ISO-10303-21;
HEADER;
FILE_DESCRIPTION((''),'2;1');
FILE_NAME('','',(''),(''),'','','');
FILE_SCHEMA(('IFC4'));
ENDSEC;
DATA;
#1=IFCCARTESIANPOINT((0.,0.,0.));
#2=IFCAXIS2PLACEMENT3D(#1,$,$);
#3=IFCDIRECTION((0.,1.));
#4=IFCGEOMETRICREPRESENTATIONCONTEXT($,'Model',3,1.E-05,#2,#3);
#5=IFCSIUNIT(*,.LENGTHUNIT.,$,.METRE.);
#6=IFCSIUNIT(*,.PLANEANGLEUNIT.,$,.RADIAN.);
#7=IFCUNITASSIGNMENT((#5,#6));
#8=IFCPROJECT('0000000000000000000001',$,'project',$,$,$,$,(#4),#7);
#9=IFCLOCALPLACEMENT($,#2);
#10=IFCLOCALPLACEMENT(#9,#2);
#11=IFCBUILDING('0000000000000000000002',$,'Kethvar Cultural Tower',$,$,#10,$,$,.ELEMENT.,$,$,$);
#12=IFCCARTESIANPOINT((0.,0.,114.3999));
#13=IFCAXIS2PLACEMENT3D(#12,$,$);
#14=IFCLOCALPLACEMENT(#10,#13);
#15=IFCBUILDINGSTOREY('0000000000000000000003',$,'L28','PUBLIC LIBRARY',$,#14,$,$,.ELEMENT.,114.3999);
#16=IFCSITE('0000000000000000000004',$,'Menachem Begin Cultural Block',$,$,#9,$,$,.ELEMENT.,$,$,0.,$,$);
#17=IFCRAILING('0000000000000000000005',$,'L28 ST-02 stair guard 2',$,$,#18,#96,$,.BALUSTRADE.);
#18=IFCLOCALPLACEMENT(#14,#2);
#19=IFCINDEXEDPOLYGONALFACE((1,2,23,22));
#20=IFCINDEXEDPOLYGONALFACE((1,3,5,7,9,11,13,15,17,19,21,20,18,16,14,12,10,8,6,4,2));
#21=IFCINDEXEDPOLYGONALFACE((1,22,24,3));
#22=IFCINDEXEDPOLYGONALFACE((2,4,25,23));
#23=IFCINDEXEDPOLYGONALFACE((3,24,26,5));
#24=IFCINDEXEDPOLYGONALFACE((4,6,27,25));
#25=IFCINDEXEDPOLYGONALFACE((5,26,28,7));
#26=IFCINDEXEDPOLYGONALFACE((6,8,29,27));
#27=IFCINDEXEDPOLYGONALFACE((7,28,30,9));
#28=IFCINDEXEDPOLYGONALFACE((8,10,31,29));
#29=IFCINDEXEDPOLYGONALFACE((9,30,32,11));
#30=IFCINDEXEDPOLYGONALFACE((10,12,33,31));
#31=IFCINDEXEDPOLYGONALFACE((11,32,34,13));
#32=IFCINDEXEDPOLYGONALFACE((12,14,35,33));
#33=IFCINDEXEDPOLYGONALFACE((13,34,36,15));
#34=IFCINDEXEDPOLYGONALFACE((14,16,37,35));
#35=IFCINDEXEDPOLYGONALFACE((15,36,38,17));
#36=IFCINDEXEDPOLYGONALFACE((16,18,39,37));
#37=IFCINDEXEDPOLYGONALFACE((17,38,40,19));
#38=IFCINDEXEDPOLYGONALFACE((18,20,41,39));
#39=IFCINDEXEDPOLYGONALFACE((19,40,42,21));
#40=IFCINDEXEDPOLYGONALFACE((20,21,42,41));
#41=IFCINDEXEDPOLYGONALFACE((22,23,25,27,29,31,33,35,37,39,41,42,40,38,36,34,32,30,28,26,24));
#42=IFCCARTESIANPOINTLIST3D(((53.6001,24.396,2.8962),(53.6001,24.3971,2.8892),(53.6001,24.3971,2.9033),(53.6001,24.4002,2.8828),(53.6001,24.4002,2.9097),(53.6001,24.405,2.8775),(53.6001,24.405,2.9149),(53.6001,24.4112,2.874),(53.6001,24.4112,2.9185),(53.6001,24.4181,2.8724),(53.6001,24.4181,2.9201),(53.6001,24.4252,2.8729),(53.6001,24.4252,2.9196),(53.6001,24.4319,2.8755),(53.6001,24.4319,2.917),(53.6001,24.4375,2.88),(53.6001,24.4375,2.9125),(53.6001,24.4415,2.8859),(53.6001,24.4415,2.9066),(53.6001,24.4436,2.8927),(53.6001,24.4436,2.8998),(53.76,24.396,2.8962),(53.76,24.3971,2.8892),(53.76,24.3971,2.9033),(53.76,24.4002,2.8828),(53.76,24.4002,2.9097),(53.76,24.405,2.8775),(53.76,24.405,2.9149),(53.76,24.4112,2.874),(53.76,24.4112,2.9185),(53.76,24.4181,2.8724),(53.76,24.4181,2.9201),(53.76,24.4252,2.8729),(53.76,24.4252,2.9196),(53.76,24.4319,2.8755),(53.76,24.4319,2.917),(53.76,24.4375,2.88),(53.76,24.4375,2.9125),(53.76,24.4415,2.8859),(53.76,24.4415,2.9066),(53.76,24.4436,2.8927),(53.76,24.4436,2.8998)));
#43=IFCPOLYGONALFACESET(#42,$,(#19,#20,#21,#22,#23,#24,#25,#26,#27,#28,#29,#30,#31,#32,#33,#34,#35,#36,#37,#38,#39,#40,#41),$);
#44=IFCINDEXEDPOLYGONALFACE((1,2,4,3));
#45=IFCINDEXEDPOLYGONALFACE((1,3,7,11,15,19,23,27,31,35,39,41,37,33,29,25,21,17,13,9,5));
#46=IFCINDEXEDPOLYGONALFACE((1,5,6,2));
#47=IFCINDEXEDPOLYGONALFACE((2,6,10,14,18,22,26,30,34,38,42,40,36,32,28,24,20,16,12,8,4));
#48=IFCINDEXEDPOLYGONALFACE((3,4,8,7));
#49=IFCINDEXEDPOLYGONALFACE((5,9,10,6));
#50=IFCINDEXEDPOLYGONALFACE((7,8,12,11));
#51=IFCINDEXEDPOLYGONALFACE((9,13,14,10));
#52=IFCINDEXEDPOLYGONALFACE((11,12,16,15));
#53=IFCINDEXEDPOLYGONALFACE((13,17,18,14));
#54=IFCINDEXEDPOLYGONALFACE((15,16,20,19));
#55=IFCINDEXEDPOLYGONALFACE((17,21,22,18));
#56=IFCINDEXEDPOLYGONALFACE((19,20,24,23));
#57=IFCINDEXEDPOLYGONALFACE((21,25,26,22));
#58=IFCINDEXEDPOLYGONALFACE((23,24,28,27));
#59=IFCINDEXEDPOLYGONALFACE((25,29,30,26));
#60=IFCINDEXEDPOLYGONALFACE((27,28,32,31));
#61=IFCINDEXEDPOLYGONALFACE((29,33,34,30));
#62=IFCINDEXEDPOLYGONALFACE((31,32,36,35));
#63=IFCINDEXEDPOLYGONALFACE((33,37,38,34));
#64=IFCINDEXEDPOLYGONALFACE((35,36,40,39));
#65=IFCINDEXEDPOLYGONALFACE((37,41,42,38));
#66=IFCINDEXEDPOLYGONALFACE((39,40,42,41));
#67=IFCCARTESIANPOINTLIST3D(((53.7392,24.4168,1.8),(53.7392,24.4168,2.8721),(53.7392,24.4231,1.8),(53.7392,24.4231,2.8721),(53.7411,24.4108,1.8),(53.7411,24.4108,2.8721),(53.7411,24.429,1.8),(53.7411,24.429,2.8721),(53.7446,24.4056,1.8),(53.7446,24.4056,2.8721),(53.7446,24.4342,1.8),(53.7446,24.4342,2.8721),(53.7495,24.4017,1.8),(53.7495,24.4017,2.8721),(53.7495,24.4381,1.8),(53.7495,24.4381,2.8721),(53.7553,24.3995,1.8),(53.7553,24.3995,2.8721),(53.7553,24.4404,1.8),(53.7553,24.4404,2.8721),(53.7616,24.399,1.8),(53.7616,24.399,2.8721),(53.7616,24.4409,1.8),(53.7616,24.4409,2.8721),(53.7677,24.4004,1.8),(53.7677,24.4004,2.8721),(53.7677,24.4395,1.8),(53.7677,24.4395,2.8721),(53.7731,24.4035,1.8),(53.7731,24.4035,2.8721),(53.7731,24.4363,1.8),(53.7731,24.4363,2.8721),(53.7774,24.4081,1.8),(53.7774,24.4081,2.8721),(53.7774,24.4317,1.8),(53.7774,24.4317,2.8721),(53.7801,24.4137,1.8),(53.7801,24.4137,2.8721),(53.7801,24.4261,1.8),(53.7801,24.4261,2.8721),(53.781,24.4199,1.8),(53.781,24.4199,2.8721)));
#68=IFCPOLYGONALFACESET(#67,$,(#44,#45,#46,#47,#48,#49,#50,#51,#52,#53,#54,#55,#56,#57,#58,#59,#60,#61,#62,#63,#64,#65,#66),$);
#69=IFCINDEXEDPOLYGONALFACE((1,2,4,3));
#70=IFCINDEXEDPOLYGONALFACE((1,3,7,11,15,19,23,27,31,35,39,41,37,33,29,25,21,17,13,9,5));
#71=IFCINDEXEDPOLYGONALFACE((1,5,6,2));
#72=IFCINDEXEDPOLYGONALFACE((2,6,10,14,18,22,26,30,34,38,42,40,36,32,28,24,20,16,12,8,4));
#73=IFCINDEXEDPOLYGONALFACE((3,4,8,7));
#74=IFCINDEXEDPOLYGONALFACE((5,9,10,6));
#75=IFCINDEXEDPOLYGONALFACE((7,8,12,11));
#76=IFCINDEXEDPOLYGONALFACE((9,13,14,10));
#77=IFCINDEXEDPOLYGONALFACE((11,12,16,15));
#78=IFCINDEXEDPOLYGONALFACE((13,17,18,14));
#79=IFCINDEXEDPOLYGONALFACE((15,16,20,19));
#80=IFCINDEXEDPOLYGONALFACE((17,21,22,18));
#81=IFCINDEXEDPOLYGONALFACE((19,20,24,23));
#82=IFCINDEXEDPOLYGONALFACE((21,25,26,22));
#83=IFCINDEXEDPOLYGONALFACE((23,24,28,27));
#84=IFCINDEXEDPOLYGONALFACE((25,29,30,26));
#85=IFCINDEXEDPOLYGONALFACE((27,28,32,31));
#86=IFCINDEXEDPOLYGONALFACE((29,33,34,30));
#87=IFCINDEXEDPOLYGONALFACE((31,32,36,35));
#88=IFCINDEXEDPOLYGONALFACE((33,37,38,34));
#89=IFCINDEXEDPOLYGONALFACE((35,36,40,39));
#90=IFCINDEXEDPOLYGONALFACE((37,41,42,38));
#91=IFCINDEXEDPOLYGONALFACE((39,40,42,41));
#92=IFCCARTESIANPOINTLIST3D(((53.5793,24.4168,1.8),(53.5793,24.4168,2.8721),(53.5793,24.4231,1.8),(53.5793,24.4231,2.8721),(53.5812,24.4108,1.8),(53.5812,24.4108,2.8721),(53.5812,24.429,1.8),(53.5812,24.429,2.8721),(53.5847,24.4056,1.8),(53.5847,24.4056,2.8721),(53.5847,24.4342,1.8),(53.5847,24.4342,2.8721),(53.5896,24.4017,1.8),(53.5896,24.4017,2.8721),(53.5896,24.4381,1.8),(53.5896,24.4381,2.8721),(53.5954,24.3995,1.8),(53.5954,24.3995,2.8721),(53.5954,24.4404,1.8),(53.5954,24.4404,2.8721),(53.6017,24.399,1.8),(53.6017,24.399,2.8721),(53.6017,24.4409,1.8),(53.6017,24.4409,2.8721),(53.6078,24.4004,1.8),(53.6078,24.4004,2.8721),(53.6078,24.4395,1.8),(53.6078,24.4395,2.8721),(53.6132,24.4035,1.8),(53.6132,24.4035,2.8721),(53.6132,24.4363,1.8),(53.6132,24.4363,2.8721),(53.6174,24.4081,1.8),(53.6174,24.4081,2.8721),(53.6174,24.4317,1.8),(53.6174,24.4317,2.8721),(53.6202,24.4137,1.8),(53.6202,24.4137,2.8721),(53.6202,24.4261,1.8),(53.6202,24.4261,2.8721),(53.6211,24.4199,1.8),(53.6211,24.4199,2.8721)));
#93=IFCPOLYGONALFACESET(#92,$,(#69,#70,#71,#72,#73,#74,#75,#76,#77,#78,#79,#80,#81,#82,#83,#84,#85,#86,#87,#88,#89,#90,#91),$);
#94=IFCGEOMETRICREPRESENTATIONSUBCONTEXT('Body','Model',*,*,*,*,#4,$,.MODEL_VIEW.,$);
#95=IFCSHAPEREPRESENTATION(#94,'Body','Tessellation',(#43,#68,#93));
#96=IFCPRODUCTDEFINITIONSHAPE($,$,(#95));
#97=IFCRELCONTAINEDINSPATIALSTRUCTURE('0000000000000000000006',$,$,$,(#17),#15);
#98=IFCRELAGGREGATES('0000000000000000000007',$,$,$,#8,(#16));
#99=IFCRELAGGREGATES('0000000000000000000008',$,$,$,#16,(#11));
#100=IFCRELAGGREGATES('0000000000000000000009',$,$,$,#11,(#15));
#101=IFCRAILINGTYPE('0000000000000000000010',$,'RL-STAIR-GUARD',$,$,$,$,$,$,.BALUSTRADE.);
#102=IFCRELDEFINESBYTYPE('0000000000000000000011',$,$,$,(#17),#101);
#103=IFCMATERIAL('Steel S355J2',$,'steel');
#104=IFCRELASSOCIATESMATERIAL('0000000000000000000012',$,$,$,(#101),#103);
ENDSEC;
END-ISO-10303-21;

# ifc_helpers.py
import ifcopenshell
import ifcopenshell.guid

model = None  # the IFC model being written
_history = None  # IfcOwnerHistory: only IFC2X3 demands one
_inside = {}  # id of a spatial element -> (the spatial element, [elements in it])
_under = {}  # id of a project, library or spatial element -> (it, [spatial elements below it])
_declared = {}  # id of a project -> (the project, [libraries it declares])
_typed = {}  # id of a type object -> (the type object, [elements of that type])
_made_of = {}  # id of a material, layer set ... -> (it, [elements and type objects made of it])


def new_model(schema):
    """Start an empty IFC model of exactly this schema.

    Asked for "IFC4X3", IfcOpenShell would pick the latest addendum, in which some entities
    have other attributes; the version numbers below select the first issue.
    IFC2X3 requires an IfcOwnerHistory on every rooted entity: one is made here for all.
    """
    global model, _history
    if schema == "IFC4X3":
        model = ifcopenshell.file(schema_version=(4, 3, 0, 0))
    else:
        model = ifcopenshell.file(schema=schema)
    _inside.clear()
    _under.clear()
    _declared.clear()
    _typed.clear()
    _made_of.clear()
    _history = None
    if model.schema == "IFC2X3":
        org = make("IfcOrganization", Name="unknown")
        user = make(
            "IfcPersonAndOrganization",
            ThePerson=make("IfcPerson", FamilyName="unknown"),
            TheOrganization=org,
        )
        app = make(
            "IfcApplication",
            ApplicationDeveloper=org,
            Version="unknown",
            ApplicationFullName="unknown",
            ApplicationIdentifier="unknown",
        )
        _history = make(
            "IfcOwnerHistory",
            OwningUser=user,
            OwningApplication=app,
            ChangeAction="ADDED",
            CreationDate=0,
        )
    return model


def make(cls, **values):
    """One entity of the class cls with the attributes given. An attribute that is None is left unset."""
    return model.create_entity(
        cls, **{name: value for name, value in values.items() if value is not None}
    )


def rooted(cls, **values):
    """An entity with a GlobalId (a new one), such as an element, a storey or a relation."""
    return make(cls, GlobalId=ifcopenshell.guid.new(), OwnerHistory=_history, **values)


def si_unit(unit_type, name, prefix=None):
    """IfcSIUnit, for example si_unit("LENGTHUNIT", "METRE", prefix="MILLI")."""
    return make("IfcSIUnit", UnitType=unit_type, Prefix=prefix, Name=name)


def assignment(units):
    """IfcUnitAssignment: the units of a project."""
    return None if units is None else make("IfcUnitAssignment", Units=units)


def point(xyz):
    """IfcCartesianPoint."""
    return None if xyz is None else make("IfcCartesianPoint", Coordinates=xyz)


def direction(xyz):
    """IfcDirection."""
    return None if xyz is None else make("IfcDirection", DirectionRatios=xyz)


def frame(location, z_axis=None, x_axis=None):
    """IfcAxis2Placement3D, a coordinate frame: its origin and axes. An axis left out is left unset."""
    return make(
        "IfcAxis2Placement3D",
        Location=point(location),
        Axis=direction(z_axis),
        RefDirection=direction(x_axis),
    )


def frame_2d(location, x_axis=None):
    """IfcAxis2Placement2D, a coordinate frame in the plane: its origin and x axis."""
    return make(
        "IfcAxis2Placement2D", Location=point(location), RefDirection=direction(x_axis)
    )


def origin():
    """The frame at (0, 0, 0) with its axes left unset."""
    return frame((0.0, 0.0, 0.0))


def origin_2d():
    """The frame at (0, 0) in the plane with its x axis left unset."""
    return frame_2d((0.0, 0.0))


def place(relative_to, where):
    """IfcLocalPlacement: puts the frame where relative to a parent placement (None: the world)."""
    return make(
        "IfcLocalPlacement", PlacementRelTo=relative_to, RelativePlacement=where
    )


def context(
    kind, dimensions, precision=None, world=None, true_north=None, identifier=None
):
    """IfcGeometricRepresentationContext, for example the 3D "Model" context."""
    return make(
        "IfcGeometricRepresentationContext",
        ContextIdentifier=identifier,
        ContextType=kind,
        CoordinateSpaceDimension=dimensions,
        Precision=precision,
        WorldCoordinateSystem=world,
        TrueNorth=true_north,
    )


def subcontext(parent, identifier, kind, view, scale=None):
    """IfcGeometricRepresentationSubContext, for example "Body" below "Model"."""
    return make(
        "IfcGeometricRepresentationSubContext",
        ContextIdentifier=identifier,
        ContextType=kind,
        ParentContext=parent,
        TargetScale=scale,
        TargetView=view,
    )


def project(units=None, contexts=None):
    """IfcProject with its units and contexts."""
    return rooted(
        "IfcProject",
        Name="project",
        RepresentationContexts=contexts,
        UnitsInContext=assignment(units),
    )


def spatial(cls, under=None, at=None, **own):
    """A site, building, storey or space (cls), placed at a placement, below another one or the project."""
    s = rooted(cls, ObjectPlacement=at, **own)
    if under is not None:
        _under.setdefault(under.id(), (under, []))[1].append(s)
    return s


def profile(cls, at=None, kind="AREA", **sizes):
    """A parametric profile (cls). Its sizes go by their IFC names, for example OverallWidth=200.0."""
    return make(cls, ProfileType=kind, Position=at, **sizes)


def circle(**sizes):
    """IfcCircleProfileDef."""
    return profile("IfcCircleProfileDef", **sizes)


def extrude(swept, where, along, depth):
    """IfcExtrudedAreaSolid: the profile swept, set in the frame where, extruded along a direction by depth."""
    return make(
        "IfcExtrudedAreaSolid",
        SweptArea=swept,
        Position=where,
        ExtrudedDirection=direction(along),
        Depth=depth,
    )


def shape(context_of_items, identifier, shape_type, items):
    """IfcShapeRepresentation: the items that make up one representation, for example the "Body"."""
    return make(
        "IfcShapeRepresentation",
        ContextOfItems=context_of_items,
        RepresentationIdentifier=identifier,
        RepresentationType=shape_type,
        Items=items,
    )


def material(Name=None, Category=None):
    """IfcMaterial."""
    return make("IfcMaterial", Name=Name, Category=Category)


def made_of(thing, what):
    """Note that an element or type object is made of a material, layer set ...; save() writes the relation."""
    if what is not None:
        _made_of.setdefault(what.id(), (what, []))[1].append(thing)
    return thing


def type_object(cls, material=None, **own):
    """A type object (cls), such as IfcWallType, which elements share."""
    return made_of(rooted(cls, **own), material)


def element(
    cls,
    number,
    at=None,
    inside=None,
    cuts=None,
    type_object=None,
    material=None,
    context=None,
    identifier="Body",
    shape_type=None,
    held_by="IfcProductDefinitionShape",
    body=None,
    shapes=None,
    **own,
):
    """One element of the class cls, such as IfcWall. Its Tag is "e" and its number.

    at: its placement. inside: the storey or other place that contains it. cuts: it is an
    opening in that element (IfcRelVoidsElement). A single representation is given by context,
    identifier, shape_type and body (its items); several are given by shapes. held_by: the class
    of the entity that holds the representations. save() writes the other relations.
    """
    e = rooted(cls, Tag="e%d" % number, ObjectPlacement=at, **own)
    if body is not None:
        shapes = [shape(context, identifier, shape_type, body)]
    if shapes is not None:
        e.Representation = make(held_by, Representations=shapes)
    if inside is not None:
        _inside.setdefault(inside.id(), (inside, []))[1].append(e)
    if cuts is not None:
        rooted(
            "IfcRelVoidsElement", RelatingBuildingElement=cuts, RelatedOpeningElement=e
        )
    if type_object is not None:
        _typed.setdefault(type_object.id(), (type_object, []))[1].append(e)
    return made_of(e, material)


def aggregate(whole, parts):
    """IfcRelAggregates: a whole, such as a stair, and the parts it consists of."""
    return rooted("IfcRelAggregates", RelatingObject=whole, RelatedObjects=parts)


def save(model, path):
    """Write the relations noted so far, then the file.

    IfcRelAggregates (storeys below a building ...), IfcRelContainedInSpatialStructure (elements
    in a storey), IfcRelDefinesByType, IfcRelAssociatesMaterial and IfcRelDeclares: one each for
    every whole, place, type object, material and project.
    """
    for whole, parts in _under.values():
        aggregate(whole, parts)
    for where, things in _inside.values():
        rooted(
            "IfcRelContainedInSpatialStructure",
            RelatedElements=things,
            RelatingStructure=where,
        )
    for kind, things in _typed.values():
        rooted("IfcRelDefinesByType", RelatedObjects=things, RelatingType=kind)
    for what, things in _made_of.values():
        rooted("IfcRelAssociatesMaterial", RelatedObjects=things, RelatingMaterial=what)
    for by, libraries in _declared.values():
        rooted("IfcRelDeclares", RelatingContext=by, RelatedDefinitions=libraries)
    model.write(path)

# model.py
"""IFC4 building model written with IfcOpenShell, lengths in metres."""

from ifc_helpers import new_model, si_unit, direction, frame, origin, origin_2d, place, context, subcontext, project, spatial, circle, extrude, material, type_object, element, save


model = new_model("IFC4")

# Units and contexts
model_context = context("Model", 3, precision=1e-05, world=origin(), true_north=direction((0.0, 1.0)))
body_context = subcontext(model_context, "Body", "Model", "MODEL_VIEW")
ifc_project = project(units=[si_unit("LENGTHUNIT", "METRE"), si_unit("PLANEANGLEUNIT", "RADIAN")], contexts=[model_context])

# Site, building, storey
site_placement = place(None, origin())
site = spatial("IfcSite", under=ifc_project, at=site_placement, Name="Menachem Begin Cultural Block", CompositionType="ELEMENT", RefElevation=0.0)
building_placement = place(site_placement, origin())
building = spatial("IfcBuilding", under=site, at=building_placement, Name="Kethvar Cultural Tower", CompositionType="ELEMENT")
storey_placement = place(building_placement, frame((0.0, 0.0, 114.3999)))
storey = spatial("IfcBuildingStorey", under=building, at=storey_placement, Name="L28", Description="PUBLIC LIBRARY", CompositionType="ELEMENT", Elevation=114.3999)

# Shared definitions
ifc_material_1 = material(Name="Steel S355J2", Category="steel")

# Railing
railing_type_1 = type_object("IfcRailingType", Name="RL-STAIR-GUARD", PredefinedType="BALUSTRADE", material=ifc_material_1)
railing_1_placement = place(storey_placement, frame((53.76, 24.4199, 1.8)))
element("IfcRailing", 1, at=railing_1_placement, inside=storey, type_object=railing_type_1, Name="L28 ST-02 stair guard 2", PredefinedType="BALUSTRADE", context=body_context, shape_type="SweptSolid", body=[
    extrude(circle(Radius=0.0239, at=origin_2d()), frame((0.0, 0.0, 1.0962), z_axis=(-1.0, 0.0, 0.0), x_axis=(0.0, -1.0, 0.0)), (0.0, 0.0, 1.0), 0.1599),
    extrude(circle(Radius=0.021, at=origin_2d()), origin(), (0.0, 0.0, 1.0), 1.072),
    extrude(circle(Radius=0.021, at=origin_2d()), frame((-0.1599, 0.0, 0.0)), (0.0, 0.0, 1.0), 1.072),
])

save(model, "model.ifc")
